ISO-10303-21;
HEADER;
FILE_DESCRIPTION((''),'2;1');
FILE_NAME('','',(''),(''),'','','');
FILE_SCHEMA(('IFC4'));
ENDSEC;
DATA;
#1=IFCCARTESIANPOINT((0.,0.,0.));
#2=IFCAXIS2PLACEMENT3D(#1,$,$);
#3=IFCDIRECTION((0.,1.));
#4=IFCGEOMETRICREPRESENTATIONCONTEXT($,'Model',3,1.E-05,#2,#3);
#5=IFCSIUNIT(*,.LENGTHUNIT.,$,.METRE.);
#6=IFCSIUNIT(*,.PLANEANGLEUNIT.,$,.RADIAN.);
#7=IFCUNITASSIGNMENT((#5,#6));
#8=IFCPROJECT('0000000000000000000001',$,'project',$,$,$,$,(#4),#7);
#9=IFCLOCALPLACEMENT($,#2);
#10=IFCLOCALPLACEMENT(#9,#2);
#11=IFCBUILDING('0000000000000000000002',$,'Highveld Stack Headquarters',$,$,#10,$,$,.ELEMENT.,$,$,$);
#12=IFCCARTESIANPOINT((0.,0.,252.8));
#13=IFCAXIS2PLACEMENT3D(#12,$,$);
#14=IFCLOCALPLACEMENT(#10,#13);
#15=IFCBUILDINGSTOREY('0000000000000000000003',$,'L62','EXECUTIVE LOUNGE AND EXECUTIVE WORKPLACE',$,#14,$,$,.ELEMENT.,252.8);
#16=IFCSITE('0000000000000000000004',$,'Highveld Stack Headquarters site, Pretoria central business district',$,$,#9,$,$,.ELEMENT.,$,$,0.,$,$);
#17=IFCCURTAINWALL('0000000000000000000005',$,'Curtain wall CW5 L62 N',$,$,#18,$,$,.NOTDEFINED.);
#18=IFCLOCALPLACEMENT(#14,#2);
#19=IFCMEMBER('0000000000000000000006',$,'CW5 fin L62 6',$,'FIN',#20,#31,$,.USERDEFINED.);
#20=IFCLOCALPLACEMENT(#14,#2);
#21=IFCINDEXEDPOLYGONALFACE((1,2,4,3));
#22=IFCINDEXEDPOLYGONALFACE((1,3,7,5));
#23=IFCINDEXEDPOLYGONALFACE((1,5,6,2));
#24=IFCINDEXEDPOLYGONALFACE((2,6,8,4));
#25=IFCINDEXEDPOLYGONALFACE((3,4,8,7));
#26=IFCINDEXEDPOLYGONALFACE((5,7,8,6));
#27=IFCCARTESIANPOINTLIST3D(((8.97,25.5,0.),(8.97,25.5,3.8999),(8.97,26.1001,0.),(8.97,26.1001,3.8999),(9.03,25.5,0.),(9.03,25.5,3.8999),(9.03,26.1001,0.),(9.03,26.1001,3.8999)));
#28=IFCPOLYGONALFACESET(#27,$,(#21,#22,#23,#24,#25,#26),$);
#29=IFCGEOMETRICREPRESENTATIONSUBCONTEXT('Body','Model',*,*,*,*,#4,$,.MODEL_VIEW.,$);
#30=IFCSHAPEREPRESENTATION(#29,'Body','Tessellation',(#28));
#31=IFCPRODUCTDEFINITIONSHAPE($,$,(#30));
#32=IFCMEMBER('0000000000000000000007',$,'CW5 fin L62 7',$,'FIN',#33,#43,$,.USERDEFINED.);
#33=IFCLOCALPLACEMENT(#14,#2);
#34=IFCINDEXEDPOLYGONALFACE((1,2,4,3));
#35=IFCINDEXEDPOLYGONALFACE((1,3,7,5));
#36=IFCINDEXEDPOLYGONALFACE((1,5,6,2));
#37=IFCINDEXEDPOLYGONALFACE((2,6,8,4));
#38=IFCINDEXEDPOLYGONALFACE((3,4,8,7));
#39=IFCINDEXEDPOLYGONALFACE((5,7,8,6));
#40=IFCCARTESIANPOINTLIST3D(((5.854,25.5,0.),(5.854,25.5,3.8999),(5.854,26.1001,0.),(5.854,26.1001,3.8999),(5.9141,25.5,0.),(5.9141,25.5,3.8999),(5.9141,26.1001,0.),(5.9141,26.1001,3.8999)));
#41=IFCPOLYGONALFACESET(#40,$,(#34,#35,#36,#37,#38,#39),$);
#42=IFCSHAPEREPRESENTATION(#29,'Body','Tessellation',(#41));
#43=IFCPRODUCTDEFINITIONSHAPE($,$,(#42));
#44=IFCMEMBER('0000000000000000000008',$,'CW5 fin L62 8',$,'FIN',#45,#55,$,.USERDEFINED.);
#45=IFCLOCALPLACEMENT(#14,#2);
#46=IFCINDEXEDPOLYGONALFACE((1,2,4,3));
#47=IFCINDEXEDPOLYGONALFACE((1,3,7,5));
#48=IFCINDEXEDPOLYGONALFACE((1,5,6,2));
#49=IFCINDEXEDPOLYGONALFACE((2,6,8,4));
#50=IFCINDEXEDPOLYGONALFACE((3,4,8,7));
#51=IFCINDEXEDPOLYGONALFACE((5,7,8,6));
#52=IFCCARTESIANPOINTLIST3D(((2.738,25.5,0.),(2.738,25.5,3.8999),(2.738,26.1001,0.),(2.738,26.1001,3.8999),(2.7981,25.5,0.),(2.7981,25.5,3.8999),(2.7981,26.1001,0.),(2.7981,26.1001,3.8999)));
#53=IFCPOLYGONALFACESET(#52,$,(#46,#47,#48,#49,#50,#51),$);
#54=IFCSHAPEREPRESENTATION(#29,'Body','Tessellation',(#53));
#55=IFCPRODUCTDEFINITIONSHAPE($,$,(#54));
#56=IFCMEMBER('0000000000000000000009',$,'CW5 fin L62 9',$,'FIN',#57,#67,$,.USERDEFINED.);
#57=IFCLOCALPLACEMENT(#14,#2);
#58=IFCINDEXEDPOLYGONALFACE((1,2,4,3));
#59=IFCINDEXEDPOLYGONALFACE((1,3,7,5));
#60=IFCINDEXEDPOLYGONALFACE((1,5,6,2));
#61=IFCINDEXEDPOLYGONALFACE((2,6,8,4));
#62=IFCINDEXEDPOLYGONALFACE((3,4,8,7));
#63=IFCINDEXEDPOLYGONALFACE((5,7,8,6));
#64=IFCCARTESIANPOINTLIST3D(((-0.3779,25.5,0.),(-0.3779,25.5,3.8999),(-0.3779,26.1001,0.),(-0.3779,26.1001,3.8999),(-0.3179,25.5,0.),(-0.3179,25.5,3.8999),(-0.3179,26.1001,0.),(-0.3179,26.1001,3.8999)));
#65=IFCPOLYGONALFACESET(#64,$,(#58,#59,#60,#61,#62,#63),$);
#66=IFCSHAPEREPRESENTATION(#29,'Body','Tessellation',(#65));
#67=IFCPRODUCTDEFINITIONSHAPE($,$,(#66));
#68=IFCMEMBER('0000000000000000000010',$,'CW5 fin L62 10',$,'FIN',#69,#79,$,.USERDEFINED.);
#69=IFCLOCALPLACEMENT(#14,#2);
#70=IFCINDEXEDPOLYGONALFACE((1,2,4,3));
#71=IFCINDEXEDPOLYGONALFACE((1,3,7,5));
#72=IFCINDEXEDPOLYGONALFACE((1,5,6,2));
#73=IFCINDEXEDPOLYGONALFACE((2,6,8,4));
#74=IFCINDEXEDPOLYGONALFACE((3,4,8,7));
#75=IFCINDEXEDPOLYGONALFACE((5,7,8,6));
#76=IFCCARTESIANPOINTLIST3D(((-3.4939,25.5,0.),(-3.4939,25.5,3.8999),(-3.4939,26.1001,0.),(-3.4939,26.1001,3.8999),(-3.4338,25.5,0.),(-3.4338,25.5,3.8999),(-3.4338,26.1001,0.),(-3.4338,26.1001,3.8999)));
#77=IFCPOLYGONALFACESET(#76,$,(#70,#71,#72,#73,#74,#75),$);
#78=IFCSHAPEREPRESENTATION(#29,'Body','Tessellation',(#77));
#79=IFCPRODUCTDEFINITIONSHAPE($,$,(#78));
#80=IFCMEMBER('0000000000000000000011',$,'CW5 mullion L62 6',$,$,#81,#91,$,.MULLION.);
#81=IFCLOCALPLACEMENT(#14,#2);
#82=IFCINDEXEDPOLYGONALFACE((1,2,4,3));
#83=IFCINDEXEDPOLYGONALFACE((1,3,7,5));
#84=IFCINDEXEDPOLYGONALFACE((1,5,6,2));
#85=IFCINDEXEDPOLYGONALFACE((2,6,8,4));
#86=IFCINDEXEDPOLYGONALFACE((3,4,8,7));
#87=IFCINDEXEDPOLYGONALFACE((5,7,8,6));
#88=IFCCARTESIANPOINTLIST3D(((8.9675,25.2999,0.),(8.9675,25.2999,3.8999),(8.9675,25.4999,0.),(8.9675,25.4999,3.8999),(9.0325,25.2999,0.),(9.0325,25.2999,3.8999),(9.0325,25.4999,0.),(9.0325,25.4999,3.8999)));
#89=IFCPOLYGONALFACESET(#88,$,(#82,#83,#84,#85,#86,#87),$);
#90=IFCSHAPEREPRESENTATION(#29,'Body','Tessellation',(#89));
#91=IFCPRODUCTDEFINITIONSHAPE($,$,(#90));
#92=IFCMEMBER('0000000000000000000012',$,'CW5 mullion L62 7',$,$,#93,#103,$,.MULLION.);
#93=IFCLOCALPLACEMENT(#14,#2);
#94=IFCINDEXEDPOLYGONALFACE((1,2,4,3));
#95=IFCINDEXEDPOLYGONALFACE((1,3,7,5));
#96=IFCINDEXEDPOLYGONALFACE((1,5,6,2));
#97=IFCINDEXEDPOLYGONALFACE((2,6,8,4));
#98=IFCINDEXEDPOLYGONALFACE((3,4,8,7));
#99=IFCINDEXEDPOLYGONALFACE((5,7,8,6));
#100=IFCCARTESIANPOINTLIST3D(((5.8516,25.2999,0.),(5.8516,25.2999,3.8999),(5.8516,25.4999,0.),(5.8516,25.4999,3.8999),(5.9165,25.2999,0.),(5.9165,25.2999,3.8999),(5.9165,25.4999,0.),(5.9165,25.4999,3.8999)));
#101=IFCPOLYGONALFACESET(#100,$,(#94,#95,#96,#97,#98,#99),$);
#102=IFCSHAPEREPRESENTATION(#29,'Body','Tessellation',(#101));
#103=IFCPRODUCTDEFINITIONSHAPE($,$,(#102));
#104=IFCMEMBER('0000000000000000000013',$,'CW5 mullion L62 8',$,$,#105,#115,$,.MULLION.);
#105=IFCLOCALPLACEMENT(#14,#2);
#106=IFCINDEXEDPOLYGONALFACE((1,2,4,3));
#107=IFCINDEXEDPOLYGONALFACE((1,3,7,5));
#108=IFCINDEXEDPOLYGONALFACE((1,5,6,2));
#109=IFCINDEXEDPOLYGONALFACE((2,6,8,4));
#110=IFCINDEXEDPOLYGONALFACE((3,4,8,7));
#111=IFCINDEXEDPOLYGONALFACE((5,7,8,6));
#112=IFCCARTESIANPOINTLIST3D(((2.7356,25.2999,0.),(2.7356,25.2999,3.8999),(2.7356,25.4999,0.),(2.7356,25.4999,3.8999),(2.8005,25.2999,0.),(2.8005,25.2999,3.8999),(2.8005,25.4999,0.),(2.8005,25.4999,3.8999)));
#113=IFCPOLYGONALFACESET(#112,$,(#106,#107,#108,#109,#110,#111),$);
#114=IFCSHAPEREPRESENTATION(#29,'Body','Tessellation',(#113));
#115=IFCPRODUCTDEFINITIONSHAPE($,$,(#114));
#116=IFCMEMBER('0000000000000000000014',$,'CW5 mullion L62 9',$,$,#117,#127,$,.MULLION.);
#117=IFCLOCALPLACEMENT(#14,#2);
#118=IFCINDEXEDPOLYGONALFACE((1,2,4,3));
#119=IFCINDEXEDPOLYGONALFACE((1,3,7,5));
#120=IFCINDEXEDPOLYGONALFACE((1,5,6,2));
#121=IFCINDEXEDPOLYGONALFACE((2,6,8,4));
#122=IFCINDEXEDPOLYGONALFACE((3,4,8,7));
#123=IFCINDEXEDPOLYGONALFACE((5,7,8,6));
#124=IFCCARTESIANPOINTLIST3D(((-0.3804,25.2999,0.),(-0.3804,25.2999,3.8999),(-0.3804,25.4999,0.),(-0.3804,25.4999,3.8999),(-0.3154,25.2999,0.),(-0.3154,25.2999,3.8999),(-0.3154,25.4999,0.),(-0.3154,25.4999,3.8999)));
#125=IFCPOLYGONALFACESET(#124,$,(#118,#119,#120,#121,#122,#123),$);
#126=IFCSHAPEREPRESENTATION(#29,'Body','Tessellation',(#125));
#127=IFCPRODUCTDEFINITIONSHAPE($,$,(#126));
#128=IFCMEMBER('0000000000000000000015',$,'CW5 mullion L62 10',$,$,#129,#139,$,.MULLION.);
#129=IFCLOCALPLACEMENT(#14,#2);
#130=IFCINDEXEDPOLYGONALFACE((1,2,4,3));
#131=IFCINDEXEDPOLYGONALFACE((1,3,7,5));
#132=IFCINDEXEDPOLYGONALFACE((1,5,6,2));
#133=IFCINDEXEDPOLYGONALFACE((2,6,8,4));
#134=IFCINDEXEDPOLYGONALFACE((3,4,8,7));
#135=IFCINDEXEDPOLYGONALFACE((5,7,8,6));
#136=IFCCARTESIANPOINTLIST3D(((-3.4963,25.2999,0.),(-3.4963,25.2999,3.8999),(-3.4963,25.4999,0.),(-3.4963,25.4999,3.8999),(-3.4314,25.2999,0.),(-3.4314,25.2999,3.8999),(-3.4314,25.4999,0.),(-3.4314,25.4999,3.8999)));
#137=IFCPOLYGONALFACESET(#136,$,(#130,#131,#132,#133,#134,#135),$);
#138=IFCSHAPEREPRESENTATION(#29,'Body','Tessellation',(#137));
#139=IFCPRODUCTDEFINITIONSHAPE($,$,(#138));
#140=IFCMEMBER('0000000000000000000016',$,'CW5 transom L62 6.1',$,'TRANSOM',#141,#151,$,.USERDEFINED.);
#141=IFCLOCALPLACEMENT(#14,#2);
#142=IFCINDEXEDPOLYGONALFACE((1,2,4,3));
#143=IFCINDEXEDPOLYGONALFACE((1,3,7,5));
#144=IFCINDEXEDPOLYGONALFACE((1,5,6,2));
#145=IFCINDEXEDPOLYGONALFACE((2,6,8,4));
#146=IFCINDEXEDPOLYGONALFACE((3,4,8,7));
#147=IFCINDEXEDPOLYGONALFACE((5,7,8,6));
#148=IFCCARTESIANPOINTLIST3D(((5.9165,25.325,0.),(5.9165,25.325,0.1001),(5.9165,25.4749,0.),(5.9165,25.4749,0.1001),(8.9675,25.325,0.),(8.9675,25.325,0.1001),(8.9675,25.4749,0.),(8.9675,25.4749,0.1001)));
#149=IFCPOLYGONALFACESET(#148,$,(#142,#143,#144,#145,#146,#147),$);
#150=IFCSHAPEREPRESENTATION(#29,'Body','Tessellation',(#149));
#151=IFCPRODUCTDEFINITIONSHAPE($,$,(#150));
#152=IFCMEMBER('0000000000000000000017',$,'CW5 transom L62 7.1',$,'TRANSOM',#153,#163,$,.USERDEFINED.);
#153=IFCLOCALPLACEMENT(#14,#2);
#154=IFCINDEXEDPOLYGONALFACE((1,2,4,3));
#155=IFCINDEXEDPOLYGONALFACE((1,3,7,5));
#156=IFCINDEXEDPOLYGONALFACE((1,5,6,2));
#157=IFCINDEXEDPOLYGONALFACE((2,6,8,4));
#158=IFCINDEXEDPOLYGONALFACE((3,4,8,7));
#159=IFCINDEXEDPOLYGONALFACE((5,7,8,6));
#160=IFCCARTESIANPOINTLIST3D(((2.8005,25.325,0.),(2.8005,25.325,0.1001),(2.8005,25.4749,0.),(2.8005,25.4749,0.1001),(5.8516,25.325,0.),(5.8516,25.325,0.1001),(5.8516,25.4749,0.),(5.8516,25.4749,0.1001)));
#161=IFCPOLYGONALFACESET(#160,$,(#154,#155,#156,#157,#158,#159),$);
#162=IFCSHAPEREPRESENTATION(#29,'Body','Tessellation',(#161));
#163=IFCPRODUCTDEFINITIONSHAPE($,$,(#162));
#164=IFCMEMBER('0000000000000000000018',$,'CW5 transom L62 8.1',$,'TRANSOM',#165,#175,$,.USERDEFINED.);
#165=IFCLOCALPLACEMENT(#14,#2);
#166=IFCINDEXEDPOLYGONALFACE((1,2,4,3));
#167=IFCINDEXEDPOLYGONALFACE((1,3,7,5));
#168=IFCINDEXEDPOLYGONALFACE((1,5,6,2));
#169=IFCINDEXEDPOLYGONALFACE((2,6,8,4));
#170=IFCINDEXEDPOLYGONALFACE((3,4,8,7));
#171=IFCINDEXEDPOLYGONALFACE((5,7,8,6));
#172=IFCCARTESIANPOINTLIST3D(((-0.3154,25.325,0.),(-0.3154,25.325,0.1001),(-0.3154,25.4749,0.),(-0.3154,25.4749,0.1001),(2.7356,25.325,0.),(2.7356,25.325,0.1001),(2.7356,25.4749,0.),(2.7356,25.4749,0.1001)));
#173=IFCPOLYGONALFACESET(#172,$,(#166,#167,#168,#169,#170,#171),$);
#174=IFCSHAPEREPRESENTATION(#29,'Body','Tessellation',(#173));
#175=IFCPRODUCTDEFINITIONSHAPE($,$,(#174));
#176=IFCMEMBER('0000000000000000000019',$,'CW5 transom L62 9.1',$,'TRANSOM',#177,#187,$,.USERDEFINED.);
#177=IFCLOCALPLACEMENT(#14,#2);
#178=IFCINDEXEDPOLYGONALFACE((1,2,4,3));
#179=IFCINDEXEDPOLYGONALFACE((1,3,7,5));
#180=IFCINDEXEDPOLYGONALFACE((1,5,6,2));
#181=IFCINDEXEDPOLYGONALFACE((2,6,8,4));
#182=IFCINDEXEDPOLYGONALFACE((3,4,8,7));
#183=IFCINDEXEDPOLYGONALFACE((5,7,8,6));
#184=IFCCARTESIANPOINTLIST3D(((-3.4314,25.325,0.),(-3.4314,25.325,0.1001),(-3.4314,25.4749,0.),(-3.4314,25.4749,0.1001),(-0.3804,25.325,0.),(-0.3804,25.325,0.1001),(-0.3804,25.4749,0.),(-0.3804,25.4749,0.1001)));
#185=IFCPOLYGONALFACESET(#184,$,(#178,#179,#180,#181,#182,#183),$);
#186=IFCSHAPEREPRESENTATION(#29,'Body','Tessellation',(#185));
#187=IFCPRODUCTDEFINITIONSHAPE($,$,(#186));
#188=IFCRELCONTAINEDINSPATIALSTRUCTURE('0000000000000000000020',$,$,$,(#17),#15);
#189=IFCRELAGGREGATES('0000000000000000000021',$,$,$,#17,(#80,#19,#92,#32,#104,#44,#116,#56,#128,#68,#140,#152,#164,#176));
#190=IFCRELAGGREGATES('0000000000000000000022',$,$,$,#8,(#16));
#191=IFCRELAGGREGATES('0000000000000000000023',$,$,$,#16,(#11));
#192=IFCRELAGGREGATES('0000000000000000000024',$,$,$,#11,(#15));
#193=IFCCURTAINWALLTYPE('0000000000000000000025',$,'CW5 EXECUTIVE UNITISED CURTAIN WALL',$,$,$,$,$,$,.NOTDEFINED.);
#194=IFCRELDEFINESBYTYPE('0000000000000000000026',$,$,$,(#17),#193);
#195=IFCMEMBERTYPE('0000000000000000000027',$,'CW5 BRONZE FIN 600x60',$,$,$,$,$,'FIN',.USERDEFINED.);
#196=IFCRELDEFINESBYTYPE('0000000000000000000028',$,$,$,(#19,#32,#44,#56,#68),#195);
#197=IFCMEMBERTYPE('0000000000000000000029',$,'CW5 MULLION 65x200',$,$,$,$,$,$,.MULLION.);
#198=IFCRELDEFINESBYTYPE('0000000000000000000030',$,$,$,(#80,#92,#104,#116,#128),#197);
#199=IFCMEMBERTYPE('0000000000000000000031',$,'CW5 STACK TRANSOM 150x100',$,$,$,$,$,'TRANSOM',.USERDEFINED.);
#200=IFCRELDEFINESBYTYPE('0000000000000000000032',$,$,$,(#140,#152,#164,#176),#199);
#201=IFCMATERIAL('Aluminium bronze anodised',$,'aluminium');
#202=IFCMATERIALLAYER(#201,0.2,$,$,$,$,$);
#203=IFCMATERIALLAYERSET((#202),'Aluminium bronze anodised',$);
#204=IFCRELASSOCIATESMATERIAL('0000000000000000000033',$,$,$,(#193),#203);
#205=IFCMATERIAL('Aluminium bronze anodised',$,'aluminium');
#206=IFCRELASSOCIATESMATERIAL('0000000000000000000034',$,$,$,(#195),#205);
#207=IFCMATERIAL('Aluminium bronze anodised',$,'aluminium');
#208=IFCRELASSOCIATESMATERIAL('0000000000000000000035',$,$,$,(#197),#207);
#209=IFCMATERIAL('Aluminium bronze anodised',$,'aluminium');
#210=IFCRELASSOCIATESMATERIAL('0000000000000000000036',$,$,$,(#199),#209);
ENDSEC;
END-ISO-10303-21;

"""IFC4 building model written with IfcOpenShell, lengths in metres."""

from ifc_helpers import new_model, si_unit, direction, frame, origin, origin_2d, place, context, subcontext, project, spatial, rectangle, extrude, material, layer, layer_set, material_profile, profile_set, type_object, element, aggregate, save


model = new_model("IFC4")

# Units and contexts
model_context = context("Model", 3, precision=1e-05, world=origin(), true_north=direction((0.0, 1.0)))
body_context = subcontext(model_context, "Body", "Model", "MODEL_VIEW")
ifc_project = project(units=[si_unit("LENGTHUNIT", "METRE"), si_unit("PLANEANGLEUNIT", "RADIAN")], contexts=[model_context])

# Site, building, storey
site_placement = place(None, origin())
site = spatial("IfcSite", under=ifc_project, at=site_placement, Name="Highveld Stack Headquarters site, Pretoria central business district", CompositionType="ELEMENT", RefElevation=0.0)
building_placement = place(site_placement, origin())
building = spatial("IfcBuilding", under=site, at=building_placement, Name="Highveld Stack Headquarters", CompositionType="ELEMENT")
storey_placement = place(building_placement, frame((0.0, 0.0, 252.8)))
storey = spatial("IfcBuildingStorey", under=building, at=storey_placement, Name="L62", Description="EXECUTIVE LOUNGE AND EXECUTIVE WORKPLACE", CompositionType="ELEMENT", Elevation=252.8)

# Curtain wall, members
ifc_material_1 = material(Name="Aluminium bronze anodised", Category="aluminium")
ifc_layer_1 = layer(ifc_material_1, 0.2)
ifc_layer_set_1 = layer_set([ifc_layer_1], Name="Aluminium bronze anodised")
curtain_wall_type = type_object("IfcCurtainWallType", Name="CW5 EXECUTIVE UNITISED CURTAIN WALL", PredefinedType="NOTDEFINED", material=ifc_layer_set_1)
curtain_wall_placement = place(storey_placement, origin())
curtain_wall = element("IfcCurtainWall", 1, at=curtain_wall_placement, inside=storey, type_object=curtain_wall_type, Name="Curtain wall CW5 L62 N", PredefinedType="NOTDEFINED")
ifc_material_2 = material(Name="Aluminium bronze anodised", Category="aluminium")
ifc_material_profile_1 = material_profile(ifc_material_2, rectangle(XDim=0.6001, YDim=0.0601, at=origin_2d()), Name="FIN 600x60")
ifc_profile_set_1 = profile_set([ifc_material_profile_1], Name="Aluminium bronze anodised")
member_type_1 = type_object("IfcMemberType", Name="CW5 BRONZE FIN 600x60", ElementType="FIN", PredefinedType="USERDEFINED", material=ifc_profile_set_1)
member_1_placement = place(storey_placement, frame((9.0, 25.8, 0.0), z_axis=(0.0, 0.0, 1.0), x_axis=(0.0, -1.0, 0.0)))
member_1 = element("IfcMember", 2, at=member_1_placement, type_object=member_type_1, Name="CW5 fin L62 6", ObjectType="FIN", PredefinedType="USERDEFINED", context=body_context, shape_type="SweptSolid", body=[
    extrude(rectangle(XDim=0.6001, YDim=0.0601, at=origin_2d()), origin(), (0.0, 0.0, 1.0), 3.8999),
])
member_2_placement = place(storey_placement, frame((5.884, 25.8, 0.0), z_axis=(0.0, 0.0, 1.0), x_axis=(0.0, -1.0, 0.0)))
member_2 = element("IfcMember", 3, at=member_2_placement, type_object=member_type_1, Name="CW5 fin L62 7", ObjectType="FIN", PredefinedType="USERDEFINED", context=body_context, shape_type="SweptSolid", body=[
    extrude(rectangle(XDim=0.6001, YDim=0.0601, at=origin_2d()), origin(), (0.0, 0.0, 1.0), 3.8999),
])
member_3_placement = place(storey_placement, frame((2.7681, 25.8, 0.0), z_axis=(0.0, 0.0, 1.0), x_axis=(0.0, -1.0, 0.0)))
member_3 = element("IfcMember", 4, at=member_3_placement, type_object=member_type_1, Name="CW5 fin L62 8", ObjectType="FIN", PredefinedType="USERDEFINED", context=body_context, shape_type="SweptSolid", body=[
    extrude(rectangle(XDim=0.6001, YDim=0.0601, at=origin_2d()), origin(), (0.0, 0.0, 1.0), 3.8999),
])
member_4_placement = place(storey_placement, frame((-0.3479, 25.8, 0.0), z_axis=(0.0, 0.0, 1.0), x_axis=(0.0, -1.0, 0.0)))
member_4 = element("IfcMember", 5, at=member_4_placement, type_object=member_type_1, Name="CW5 fin L62 9", ObjectType="FIN", PredefinedType="USERDEFINED", context=body_context, shape_type="SweptSolid", body=[
    extrude(rectangle(XDim=0.6001, YDim=0.0601, at=origin_2d()), origin(), (0.0, 0.0, 1.0), 3.8999),
])
member_5_placement = place(storey_placement, frame((-3.4639, 25.8, 0.0), z_axis=(0.0, 0.0, 1.0), x_axis=(0.0, -1.0, 0.0)))
member_5 = element("IfcMember", 6, at=member_5_placement, type_object=member_type_1, Name="CW5 fin L62 10", ObjectType="FIN", PredefinedType="USERDEFINED", context=body_context, shape_type="SweptSolid", body=[
    extrude(rectangle(XDim=0.6001, YDim=0.0601, at=origin_2d()), origin(), (0.0, 0.0, 1.0), 3.8999),
])
ifc_material_3 = material(Name="Aluminium bronze anodised", Category="aluminium")
ifc_material_profile_2 = material_profile(ifc_material_3, rectangle(XDim=0.2, YDim=0.0649, at=origin_2d()), Name="CW5 MULLION 65x200")
ifc_profile_set_2 = profile_set([ifc_material_profile_2], Name="Aluminium bronze anodised")
member_type_2 = type_object("IfcMemberType", Name="CW5 MULLION 65x200", PredefinedType="MULLION", material=ifc_profile_set_2)
member_6_placement = place(storey_placement, frame((9.0, 25.3999, 0.0), z_axis=(0.0, 0.0, 1.0), x_axis=(0.0, -1.0, 0.0)))
member_6 = element("IfcMember", 7, at=member_6_placement, type_object=member_type_2, Name="CW5 mullion L62 6", PredefinedType="MULLION", context=body_context, shape_type="SweptSolid", body=[
    extrude(rectangle(XDim=0.2, YDim=0.0649, at=origin_2d()), origin(), (0.0, 0.0, 1.0), 3.8999),
])
member_7_placement = place(storey_placement, frame((5.884, 25.3999, 0.0), z_axis=(0.0, 0.0, 1.0), x_axis=(0.0, -1.0, 0.0)))
member_7 = element("IfcMember", 8, at=member_7_placement, type_object=member_type_2, Name="CW5 mullion L62 7", PredefinedType="MULLION", context=body_context, shape_type="SweptSolid", body=[
    extrude(rectangle(XDim=0.2, YDim=0.0649, at=origin_2d()), origin(), (0.0, 0.0, 1.0), 3.8999),
])
member_8_placement = place(storey_placement, frame((2.7681, 25.3999, 0.0), z_axis=(0.0, 0.0, 1.0), x_axis=(0.0, -1.0, 0.0)))
member_8 = element("IfcMember", 9, at=member_8_placement, type_object=member_type_2, Name="CW5 mullion L62 8", PredefinedType="MULLION", context=body_context, shape_type="SweptSolid", body=[
    extrude(rectangle(XDim=0.2, YDim=0.0649, at=origin_2d()), origin(), (0.0, 0.0, 1.0), 3.8999),
])
member_9_placement = place(storey_placement, frame((-0.3479, 25.3999, 0.0), z_axis=(0.0, 0.0, 1.0), x_axis=(0.0, -1.0, 0.0)))
member_9 = element("IfcMember", 10, at=member_9_placement, type_object=member_type_2, Name="CW5 mullion L62 9", PredefinedType="MULLION", context=body_context, shape_type="SweptSolid", body=[
    extrude(rectangle(XDim=0.2, YDim=0.0649, at=origin_2d()), origin(), (0.0, 0.0, 1.0), 3.8999),
])
member_10_placement = place(storey_placement, frame((-3.4639, 25.3999, 0.0), z_axis=(0.0, 0.0, 1.0), x_axis=(0.0, -1.0, 0.0)))
member_10 = element("IfcMember", 11, at=member_10_placement, type_object=member_type_2, Name="CW5 mullion L62 10", PredefinedType="MULLION", context=body_context, shape_type="SweptSolid", body=[
    extrude(rectangle(XDim=0.2, YDim=0.0649, at=origin_2d()), origin(), (0.0, 0.0, 1.0), 3.8999),
])
ifc_material_4 = material(Name="Aluminium bronze anodised", Category="aluminium")
ifc_material_profile_3 = material_profile(ifc_material_4, rectangle(XDim=0.1499, YDim=0.1001, at=origin_2d()), Name="CW5 TRANSOM 150x100")
ifc_profile_set_3 = profile_set([ifc_material_profile_3], Name="Aluminium bronze anodised")
member_type_3 = type_object("IfcMemberType", Name="CW5 STACK TRANSOM 150x100", ElementType="TRANSOM", PredefinedType="USERDEFINED", material=ifc_profile_set_3)
member_11_placement = place(storey_placement, frame((8.9675, 25.3999, 0.05), z_axis=(-1.0, 0.0, 0.0), x_axis=(0.0, -1.0, 0.0)))
member_11 = element("IfcMember", 12, at=member_11_placement, type_object=member_type_3, Name="CW5 transom L62 6.1", ObjectType="TRANSOM", PredefinedType="USERDEFINED", context=body_context, shape_type="SweptSolid", body=[
    extrude(rectangle(XDim=0.1499, YDim=0.1001, at=origin_2d()), origin(), (0.0, 0.0, 1.0), 3.051),
])
member_12_placement = place(storey_placement, frame((5.8516, 25.3999, 0.05), z_axis=(-1.0, 0.0, 0.0), x_axis=(0.0, -1.0, 0.0)))
member_12 = element("IfcMember", 13, at=member_12_placement, type_object=member_type_3, Name="CW5 transom L62 7.1", ObjectType="TRANSOM", PredefinedType="USERDEFINED", context=body_context, shape_type="SweptSolid", body=[
    extrude(rectangle(XDim=0.1499, YDim=0.1001, at=origin_2d()), origin(), (0.0, 0.0, 1.0), 3.051),
])
member_13_placement = place(storey_placement, frame((2.7356, 25.3999, 0.05), z_axis=(-1.0, 0.0, 0.0), x_axis=(0.0, -1.0, 0.0)))
member_13 = element("IfcMember", 14, at=member_13_placement, type_object=member_type_3, Name="CW5 transom L62 8.1", ObjectType="TRANSOM", PredefinedType="USERDEFINED", context=body_context, shape_type="SweptSolid", body=[
    extrude(rectangle(XDim=0.1499, YDim=0.1001, at=origin_2d()), origin(), (0.0, 0.0, 1.0), 3.051),
])
member_14_placement = place(storey_placement, frame((-0.3804, 25.3999, 0.05), z_axis=(-1.0, 0.0, 0.0), x_axis=(0.0, -1.0, 0.0)))
member_14 = element("IfcMember", 15, at=member_14_placement, type_object=member_type_3, Name="CW5 transom L62 9.1", ObjectType="TRANSOM", PredefinedType="USERDEFINED", context=body_context, shape_type="SweptSolid", body=[
    extrude(rectangle(XDim=0.1499, YDim=0.1001, at=origin_2d()), origin(), (0.0, 0.0, 1.0), 3.051),
])
aggregate(curtain_wall, [member_6, member_1, member_7, member_2, member_8, member_3, member_9, member_4, member_10, member_5, member_11, member_12, member_13, member_14])

save(model, "model.ifc")
